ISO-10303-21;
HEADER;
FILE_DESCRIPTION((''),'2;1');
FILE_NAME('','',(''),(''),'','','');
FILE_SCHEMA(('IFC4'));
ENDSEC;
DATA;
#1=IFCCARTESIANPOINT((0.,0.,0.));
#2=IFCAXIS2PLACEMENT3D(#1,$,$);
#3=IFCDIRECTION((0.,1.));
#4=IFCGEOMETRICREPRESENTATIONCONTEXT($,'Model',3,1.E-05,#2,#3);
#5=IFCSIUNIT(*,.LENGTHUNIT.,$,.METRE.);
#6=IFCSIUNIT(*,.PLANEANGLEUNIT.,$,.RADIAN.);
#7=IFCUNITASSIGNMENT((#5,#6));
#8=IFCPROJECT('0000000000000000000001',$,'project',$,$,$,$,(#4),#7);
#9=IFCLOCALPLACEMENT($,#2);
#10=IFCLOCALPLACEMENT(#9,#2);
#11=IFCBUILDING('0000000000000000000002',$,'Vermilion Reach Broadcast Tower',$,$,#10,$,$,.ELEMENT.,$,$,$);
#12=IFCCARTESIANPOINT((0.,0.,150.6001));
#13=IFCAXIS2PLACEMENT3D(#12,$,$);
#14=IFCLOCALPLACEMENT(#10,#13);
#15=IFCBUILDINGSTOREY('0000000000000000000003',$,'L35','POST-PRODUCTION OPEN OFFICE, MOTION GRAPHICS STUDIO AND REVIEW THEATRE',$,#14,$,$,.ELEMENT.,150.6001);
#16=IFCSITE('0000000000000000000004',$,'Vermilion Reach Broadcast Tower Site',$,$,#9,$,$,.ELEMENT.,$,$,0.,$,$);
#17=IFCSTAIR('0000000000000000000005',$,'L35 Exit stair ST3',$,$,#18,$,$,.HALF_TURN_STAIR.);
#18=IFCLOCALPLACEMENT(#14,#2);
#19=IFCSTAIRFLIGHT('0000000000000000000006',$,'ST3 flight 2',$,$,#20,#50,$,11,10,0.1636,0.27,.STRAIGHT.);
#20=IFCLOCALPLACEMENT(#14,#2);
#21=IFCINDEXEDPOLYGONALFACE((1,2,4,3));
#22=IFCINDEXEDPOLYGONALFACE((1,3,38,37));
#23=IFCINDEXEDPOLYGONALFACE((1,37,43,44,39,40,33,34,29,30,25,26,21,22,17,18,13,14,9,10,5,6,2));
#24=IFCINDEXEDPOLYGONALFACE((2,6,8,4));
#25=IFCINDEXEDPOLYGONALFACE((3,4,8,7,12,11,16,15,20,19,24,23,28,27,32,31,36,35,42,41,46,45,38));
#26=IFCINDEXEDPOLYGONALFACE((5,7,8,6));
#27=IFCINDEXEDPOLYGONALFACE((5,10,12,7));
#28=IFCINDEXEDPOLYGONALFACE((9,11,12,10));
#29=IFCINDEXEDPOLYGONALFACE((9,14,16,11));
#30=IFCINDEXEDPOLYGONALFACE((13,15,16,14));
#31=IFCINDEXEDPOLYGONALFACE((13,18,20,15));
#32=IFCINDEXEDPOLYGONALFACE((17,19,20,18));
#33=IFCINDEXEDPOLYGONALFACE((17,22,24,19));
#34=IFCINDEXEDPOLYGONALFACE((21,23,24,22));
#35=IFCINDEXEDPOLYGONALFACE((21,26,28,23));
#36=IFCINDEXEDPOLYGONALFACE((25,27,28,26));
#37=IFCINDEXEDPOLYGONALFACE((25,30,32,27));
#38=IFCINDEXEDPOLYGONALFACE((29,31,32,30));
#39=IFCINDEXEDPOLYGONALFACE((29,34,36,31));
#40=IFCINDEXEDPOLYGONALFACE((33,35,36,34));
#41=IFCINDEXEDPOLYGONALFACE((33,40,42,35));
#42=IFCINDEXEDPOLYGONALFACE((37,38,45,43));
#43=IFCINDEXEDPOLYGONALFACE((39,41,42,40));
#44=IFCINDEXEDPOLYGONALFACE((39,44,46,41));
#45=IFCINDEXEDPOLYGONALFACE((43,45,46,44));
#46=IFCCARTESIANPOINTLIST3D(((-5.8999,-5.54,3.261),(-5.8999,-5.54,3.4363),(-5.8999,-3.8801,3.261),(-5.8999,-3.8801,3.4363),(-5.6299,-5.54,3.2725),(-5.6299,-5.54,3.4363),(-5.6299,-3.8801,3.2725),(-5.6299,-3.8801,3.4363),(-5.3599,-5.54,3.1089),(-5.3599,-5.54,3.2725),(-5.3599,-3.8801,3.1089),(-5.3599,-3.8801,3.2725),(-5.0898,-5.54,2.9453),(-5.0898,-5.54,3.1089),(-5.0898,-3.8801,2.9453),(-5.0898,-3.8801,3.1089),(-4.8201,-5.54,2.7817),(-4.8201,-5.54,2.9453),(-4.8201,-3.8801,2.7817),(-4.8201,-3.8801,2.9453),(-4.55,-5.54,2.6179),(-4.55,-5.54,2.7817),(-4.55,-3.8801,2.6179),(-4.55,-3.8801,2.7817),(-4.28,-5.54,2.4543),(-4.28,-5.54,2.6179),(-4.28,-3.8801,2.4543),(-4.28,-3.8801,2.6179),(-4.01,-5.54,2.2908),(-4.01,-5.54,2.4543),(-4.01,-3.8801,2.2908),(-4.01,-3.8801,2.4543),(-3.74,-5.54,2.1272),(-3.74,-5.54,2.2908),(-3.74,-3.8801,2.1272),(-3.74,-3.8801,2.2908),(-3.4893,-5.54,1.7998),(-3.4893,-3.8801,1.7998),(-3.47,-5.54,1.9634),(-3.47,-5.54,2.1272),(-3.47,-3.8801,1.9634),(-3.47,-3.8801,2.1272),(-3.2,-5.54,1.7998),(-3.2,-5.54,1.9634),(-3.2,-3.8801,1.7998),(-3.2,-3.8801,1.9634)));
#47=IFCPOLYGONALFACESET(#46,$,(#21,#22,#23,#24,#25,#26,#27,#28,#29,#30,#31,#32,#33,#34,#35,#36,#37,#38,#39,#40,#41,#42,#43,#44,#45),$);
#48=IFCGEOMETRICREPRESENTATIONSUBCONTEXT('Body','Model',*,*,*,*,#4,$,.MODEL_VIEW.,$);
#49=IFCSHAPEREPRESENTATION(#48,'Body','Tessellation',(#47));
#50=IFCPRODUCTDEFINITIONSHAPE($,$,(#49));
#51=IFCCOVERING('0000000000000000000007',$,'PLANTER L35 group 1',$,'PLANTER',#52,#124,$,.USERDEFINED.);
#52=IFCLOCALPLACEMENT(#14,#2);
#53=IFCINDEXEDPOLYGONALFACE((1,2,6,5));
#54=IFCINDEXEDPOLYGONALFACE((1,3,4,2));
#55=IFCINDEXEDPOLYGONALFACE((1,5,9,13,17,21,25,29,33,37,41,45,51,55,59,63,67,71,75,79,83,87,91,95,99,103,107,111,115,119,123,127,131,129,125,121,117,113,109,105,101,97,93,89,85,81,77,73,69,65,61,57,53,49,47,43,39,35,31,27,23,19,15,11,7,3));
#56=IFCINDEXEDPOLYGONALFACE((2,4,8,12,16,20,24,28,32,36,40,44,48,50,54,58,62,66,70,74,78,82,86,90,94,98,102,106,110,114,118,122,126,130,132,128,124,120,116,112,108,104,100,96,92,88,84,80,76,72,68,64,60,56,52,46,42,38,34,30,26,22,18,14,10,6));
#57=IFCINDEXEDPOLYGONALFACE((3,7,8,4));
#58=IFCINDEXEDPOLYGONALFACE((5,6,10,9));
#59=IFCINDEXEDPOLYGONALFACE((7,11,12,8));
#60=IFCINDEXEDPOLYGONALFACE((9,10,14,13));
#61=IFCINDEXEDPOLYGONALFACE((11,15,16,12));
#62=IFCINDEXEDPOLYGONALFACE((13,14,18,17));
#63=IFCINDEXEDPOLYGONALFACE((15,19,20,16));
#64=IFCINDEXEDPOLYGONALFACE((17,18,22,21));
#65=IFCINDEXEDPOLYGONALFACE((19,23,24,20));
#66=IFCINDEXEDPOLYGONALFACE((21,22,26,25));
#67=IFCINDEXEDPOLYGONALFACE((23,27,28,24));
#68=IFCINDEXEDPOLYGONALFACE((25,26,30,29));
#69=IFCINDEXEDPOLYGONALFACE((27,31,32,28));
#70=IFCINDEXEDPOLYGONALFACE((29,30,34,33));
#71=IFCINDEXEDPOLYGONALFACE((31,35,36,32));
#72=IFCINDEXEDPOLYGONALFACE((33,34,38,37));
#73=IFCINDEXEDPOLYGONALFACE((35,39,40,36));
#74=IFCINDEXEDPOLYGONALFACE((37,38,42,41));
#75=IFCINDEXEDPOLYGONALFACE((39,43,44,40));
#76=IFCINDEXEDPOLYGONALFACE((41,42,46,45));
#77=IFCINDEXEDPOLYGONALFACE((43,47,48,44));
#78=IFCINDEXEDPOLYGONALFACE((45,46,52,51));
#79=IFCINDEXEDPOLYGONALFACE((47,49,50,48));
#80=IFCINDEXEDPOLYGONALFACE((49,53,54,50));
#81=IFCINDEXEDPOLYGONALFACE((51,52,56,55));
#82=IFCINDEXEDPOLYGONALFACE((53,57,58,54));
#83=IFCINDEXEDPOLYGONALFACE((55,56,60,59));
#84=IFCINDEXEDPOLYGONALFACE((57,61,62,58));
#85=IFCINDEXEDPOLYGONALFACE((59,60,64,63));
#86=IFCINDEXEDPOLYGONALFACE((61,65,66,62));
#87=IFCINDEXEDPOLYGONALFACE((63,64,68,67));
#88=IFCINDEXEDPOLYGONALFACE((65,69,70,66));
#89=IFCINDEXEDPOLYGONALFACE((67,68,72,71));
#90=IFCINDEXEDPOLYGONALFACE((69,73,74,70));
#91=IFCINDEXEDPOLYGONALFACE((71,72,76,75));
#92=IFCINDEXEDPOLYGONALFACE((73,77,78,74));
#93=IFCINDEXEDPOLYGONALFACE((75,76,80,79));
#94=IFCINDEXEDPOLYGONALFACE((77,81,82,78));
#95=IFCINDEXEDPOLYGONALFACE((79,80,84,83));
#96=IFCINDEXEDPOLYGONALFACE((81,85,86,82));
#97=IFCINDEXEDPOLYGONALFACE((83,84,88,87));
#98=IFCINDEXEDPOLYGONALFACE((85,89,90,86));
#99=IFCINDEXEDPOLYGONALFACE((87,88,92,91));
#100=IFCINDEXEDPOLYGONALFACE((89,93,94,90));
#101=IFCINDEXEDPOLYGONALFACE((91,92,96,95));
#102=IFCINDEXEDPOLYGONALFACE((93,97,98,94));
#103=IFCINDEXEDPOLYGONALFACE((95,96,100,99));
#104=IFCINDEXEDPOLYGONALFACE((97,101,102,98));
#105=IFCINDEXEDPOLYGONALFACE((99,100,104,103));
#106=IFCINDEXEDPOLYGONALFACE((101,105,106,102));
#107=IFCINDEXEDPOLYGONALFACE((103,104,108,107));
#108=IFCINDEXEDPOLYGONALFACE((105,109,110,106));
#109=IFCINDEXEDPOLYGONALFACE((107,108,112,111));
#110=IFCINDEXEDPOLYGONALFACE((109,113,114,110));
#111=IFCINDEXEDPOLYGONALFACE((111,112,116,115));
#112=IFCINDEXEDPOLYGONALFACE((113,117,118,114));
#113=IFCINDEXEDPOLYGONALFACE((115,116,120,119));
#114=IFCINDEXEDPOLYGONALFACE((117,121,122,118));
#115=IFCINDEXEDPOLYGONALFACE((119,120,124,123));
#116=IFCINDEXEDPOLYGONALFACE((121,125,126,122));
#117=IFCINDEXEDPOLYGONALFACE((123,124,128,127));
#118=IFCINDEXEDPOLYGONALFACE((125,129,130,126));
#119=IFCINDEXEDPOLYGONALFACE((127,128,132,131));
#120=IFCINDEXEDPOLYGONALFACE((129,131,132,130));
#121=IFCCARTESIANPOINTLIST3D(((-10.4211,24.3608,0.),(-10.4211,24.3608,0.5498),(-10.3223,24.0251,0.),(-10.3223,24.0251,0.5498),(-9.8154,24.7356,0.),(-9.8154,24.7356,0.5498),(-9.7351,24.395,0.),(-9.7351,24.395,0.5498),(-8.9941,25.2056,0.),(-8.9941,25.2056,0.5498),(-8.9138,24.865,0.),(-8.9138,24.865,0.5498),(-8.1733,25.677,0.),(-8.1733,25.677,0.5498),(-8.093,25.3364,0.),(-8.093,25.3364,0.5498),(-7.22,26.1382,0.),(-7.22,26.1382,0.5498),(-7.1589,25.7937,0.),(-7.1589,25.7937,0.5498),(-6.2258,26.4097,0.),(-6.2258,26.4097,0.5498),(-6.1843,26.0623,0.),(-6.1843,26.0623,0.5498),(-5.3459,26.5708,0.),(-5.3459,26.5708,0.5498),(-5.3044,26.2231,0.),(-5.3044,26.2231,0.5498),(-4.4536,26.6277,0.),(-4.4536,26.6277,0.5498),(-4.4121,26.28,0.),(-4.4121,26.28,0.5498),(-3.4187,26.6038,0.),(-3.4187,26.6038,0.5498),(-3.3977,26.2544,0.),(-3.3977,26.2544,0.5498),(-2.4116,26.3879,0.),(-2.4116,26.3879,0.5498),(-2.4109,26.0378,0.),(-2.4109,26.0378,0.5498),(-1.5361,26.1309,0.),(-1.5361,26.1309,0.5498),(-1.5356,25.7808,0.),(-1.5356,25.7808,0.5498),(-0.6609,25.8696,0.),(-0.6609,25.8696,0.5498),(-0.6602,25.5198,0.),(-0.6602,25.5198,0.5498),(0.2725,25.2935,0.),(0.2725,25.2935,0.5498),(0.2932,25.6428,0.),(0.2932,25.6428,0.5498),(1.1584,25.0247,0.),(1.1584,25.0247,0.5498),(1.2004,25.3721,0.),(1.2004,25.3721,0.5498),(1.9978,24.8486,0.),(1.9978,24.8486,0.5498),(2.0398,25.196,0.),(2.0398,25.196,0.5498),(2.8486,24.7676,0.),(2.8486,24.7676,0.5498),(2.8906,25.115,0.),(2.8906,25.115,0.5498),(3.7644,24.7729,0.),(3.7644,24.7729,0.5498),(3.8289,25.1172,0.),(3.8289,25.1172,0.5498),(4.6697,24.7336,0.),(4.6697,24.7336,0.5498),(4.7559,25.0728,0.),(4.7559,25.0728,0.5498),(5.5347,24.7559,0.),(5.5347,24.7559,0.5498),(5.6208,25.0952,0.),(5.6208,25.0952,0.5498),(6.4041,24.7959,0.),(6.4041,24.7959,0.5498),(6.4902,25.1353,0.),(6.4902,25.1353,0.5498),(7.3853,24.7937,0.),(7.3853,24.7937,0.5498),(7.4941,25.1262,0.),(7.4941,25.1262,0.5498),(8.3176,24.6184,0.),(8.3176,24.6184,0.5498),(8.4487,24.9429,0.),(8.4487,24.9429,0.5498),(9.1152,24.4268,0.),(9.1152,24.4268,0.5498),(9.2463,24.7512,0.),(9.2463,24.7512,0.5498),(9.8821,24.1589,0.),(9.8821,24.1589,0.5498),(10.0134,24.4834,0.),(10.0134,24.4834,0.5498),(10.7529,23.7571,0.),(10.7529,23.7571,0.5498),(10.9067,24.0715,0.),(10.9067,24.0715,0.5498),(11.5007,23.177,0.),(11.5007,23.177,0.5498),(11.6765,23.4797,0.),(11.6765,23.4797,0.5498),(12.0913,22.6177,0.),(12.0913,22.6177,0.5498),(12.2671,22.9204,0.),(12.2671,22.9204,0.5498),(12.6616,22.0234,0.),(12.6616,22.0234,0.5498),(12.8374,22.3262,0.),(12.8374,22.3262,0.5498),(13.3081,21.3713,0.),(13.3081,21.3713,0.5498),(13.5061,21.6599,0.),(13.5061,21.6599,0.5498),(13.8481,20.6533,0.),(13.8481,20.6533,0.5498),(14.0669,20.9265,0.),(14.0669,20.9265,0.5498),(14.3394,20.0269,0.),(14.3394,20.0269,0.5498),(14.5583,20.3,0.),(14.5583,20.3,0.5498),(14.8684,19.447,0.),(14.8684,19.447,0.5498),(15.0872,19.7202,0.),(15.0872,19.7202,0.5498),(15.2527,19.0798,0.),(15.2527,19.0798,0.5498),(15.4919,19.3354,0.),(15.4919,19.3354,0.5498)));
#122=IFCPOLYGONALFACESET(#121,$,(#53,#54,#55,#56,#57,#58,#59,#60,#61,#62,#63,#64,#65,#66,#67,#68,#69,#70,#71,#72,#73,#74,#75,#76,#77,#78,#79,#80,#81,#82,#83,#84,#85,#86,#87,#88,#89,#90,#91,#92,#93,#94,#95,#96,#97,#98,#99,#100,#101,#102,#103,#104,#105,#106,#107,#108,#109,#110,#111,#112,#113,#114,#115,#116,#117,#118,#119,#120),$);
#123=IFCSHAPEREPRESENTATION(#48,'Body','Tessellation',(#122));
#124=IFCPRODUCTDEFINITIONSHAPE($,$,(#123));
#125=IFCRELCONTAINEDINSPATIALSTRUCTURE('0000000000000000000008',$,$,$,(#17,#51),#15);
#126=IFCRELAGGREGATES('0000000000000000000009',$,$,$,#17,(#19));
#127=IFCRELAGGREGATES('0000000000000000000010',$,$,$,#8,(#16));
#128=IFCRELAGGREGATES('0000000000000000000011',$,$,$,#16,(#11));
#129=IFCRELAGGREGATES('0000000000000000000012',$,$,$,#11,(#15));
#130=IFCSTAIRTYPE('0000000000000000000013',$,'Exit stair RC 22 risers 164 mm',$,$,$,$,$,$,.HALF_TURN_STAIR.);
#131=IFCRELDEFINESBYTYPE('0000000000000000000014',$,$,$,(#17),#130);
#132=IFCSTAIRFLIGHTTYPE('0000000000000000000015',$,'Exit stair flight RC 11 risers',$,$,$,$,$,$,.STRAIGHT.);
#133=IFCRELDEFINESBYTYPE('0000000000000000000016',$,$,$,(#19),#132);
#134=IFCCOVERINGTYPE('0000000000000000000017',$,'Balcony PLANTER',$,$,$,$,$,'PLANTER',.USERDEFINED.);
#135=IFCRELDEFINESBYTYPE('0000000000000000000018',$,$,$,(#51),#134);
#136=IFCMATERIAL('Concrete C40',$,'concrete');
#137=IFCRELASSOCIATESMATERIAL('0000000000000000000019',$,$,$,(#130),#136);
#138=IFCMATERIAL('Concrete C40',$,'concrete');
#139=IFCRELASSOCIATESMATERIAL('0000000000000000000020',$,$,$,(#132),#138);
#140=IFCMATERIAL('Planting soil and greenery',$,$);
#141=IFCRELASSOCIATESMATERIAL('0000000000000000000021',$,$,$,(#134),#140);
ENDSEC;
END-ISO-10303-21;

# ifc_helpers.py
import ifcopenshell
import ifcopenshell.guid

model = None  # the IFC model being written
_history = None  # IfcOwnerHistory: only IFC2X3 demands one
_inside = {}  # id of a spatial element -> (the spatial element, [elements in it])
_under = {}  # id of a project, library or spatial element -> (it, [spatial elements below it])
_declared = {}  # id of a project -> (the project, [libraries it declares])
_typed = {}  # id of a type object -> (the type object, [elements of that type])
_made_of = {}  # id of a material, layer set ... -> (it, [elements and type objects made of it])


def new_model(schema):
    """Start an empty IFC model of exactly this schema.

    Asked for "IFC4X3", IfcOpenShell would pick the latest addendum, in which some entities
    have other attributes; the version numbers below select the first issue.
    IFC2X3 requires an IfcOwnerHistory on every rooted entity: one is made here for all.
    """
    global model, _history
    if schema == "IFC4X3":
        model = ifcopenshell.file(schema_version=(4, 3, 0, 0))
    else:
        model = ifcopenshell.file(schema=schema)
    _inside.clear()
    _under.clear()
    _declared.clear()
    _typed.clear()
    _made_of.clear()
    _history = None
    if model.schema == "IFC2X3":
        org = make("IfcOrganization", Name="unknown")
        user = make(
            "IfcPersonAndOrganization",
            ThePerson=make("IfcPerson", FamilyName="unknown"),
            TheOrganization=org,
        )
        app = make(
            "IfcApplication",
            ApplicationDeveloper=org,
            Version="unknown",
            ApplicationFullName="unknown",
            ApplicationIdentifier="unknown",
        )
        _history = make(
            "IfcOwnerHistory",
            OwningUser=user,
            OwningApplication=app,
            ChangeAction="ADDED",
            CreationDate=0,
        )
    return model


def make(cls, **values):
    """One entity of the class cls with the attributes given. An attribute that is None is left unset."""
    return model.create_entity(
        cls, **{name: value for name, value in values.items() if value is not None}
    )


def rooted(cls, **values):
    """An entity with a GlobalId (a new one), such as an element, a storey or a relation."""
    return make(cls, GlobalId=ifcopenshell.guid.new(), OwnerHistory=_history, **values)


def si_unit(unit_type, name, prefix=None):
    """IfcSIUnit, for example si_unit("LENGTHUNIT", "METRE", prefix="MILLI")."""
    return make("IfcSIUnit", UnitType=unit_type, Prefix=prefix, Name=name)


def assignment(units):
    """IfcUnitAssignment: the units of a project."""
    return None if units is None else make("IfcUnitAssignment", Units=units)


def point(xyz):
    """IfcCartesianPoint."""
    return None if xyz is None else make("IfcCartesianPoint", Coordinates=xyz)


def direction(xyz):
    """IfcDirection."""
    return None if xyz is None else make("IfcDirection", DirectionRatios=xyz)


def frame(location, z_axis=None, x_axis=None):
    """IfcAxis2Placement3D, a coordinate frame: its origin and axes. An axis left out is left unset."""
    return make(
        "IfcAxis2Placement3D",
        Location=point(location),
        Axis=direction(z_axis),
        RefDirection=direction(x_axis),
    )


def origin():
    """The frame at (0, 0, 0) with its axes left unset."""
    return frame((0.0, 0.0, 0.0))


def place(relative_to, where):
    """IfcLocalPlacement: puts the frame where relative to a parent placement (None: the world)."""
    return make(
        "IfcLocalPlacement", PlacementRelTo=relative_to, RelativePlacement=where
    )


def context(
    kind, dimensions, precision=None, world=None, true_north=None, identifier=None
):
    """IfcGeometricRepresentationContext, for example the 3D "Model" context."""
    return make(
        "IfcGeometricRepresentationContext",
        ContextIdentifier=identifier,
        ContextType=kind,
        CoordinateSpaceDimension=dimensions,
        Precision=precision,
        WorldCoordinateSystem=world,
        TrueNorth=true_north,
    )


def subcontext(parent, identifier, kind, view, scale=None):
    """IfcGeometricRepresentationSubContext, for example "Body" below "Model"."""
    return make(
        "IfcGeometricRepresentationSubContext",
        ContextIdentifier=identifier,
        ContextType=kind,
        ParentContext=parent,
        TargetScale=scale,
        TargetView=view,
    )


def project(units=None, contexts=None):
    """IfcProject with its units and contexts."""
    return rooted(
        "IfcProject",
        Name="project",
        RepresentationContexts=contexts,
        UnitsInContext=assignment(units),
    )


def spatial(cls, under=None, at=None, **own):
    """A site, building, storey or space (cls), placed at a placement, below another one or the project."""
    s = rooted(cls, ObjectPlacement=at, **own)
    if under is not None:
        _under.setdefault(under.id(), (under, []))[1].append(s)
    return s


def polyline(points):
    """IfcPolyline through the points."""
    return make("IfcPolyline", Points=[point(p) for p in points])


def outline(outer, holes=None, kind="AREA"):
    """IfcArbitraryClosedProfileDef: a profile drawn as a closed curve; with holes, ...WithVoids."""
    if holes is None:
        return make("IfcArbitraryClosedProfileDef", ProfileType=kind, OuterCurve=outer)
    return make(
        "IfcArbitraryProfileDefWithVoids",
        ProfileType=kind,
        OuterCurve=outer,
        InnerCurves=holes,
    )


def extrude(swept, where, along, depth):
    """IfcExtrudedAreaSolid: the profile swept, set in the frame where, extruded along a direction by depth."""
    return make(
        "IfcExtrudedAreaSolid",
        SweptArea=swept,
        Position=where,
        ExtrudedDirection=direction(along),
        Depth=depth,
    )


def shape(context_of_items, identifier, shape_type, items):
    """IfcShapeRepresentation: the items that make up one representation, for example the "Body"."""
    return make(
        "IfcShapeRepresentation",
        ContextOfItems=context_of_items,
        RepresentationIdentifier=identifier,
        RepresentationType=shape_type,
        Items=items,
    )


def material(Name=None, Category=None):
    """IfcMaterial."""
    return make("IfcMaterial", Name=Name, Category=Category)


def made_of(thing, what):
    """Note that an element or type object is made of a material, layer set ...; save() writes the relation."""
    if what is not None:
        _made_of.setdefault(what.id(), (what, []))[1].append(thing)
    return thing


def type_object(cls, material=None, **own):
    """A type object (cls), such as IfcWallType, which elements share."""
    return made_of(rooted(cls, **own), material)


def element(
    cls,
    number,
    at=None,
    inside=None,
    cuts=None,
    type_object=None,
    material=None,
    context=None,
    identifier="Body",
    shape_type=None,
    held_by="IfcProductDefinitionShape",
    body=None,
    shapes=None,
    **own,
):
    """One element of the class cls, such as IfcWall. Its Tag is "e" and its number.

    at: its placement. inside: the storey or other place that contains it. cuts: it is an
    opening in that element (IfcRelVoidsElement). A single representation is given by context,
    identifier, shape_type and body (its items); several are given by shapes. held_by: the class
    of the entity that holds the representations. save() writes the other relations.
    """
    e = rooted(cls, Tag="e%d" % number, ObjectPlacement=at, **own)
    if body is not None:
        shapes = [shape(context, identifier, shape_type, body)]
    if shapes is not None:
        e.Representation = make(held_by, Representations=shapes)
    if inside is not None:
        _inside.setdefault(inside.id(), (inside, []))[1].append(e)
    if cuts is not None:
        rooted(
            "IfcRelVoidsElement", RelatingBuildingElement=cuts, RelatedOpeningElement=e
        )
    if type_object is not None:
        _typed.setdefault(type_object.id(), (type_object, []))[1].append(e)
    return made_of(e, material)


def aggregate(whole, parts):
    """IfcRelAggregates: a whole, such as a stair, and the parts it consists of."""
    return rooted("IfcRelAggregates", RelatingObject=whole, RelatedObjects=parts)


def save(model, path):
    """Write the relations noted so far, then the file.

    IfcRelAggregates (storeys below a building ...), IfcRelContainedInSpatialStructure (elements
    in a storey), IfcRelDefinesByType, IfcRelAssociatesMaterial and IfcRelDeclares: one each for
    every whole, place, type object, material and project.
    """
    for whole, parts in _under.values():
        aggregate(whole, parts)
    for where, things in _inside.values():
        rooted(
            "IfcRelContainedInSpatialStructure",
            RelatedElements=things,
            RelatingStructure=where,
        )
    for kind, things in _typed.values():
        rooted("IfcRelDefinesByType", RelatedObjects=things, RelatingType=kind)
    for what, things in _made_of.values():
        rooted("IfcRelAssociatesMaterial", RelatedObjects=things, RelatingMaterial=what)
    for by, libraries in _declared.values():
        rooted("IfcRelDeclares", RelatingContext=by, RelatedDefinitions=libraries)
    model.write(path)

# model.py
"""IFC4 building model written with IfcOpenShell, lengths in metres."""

from ifc_helpers import new_model, si_unit, direction, frame, origin, place, context, subcontext, project, spatial, polyline, outline, extrude, material, type_object, element, aggregate, save


model = new_model("IFC4")

# Units and contexts
model_context = context("Model", 3, precision=1e-05, world=origin(), true_north=direction((0.0, 1.0)))
body_context = subcontext(model_context, "Body", "Model", "MODEL_VIEW")
ifc_project = project(units=[si_unit("LENGTHUNIT", "METRE"), si_unit("PLANEANGLEUNIT", "RADIAN")], contexts=[model_context])

# Site, building, storey
site_placement = place(None, origin())
site = spatial("IfcSite", under=ifc_project, at=site_placement, Name="Vermilion Reach Broadcast Tower Site", CompositionType="ELEMENT", RefElevation=0.0)
building_placement = place(site_placement, origin())
building = spatial("IfcBuilding", under=site, at=building_placement, Name="Vermilion Reach Broadcast Tower", CompositionType="ELEMENT")
storey_placement = place(building_placement, frame((0.0, 0.0, 150.6001)))
storey = spatial("IfcBuildingStorey", under=building, at=storey_placement, Name="L35", Description="POST-PRODUCTION OPEN OFFICE, MOTION GRAPHICS STUDIO AND REVIEW THEATRE", CompositionType="ELEMENT", Elevation=150.6001)

# Stair, stair flight
ifc_material_1 = material(Name="Concrete C40", Category="concrete")
stair_type = type_object("IfcStairType", Name="Exit stair RC 22 risers 164 mm", PredefinedType="HALF_TURN_STAIR", material=ifc_material_1)
placement_1 = place(storey_placement, origin())
stair = element("IfcStair", 1, at=placement_1, inside=storey, type_object=stair_type, Name="L35 Exit stair ST3", PredefinedType="HALF_TURN_STAIR")
ifc_material_2 = material(Name="Concrete C40", Category="concrete")
stair_flight_type = type_object("IfcStairFlightType", Name="Exit stair flight RC 11 risers", PredefinedType="STRAIGHT", material=ifc_material_2)
stair_flight_placement = place(storey_placement, frame((-3.2, -4.71, 1.7998), z_axis=(0.0, 0.0, 1.0), x_axis=(-1.0, 0.0, 0.0)))
stair_flight = element("IfcStairFlight", 2, at=stair_flight_placement, type_object=stair_flight_type, Name="ST3 flight 2", NumberOfRisers=11, NumberOfTreads=10, PredefinedType="STRAIGHT", RiserHeight=0.1636, TreadLength=0.27, context=body_context, shape_type="SweptSolid", body=[
    extrude(outline(polyline([(0.0, 0.0), (0.0, 0.1636), (0.27, 0.1636), (0.27, 0.3274), (0.54, 0.3274), (0.54, 0.491), (0.8101, 0.491), (0.8101, 0.6545), (1.0801, 0.6545), (1.0801, 0.8181), (1.3501, 0.8181), (1.3501, 0.9819), (1.6201, 0.9819), (1.6201, 1.1455), (1.8899, 1.1455), (1.8899, 1.3091), (2.1599, 1.3091), (2.1599, 1.4727), (2.4299, 1.4727), (2.4299, 1.6365), (2.7, 1.6365), (2.7, 1.8), (2.7, 1.4612), (0.2893, 0.0), (0.0, 0.0)])), frame((0.0, 0.8301, 0.0), z_axis=(0.0, -1.0, 0.0), x_axis=(1.0, 0.0, 0.0)), (0.0, 0.0, 1.0), 1.6599),
])
aggregate(stair, [stair_flight])

# Covering
ifc_material_3 = material(Name="Planting soil and greenery")
covering_type = type_object("IfcCoveringType", Name="Balcony PLANTER", ElementType="PLANTER", PredefinedType="USERDEFINED", material=ifc_material_3)
element("IfcCovering", 3, at=placement_1, inside=storey, type_object=covering_type, Name="PLANTER L35 group 1", ObjectType="PLANTER", PredefinedType="USERDEFINED", context=body_context, shape_type="SweptSolid", body=[
    extrude(outline(polyline([(15.4919, 19.3354), (15.0872, 19.7202), (14.5583, 20.3), (14.0669, 20.9265), (13.5061, 21.6599), (12.8374, 22.3262), (12.2671, 22.9204), (11.6765, 23.4797), (10.9067, 24.0715), (10.0134, 24.4834), (9.2463, 24.7512), (8.4487, 24.9429), (7.4941, 25.1262), (6.4902, 25.1353), (5.6208, 25.0952), (4.7559, 25.0728), (3.8289, 25.1172), (2.8906, 25.115), (2.0398, 25.196), (1.2004, 25.3721), (0.2932, 25.6428), (-0.6609, 25.8696), (-1.5361, 26.1309), (-2.4116, 26.3879), (-3.4187, 26.6038), (-4.4536, 26.6277), (-5.3459, 26.5708), (-6.2258, 26.4097), (-7.22, 26.1382), (-8.1733, 25.677), (-8.9941, 25.2056), (-9.8154, 24.7356), (-10.4211, 24.3608), (-10.3223, 24.0251), (-9.7351, 24.395), (-8.9138, 24.865), (-8.093, 25.3364), (-7.1589, 25.7937), (-6.1843, 26.0623), (-5.3044, 26.2231), (-4.4121, 26.28), (-3.3977, 26.2544), (-2.4109, 26.0378), (-1.5356, 25.7808), (-0.6602, 25.5198), (0.2725, 25.2935), (1.1584, 25.0247), (1.9978, 24.8486), (2.8486, 24.7676), (3.7644, 24.7729), (4.6697, 24.7336), (5.5347, 24.7559), (6.4041, 24.7959), (7.3853, 24.7937), (8.3176, 24.6184), (9.1152, 24.4268), (9.8821, 24.1589), (10.7529, 23.7571), (11.5007, 23.177), (12.0913, 22.6177), (12.6616, 22.0234), (13.3081, 21.3713), (13.8481, 20.6533), (14.3394, 20.0269), (14.8684, 19.447), (15.2527, 19.0798), (15.4919, 19.3354)])), origin(), (0.0, 0.0, 1.0), 0.5498),
])

save(model, "model.ifc")
